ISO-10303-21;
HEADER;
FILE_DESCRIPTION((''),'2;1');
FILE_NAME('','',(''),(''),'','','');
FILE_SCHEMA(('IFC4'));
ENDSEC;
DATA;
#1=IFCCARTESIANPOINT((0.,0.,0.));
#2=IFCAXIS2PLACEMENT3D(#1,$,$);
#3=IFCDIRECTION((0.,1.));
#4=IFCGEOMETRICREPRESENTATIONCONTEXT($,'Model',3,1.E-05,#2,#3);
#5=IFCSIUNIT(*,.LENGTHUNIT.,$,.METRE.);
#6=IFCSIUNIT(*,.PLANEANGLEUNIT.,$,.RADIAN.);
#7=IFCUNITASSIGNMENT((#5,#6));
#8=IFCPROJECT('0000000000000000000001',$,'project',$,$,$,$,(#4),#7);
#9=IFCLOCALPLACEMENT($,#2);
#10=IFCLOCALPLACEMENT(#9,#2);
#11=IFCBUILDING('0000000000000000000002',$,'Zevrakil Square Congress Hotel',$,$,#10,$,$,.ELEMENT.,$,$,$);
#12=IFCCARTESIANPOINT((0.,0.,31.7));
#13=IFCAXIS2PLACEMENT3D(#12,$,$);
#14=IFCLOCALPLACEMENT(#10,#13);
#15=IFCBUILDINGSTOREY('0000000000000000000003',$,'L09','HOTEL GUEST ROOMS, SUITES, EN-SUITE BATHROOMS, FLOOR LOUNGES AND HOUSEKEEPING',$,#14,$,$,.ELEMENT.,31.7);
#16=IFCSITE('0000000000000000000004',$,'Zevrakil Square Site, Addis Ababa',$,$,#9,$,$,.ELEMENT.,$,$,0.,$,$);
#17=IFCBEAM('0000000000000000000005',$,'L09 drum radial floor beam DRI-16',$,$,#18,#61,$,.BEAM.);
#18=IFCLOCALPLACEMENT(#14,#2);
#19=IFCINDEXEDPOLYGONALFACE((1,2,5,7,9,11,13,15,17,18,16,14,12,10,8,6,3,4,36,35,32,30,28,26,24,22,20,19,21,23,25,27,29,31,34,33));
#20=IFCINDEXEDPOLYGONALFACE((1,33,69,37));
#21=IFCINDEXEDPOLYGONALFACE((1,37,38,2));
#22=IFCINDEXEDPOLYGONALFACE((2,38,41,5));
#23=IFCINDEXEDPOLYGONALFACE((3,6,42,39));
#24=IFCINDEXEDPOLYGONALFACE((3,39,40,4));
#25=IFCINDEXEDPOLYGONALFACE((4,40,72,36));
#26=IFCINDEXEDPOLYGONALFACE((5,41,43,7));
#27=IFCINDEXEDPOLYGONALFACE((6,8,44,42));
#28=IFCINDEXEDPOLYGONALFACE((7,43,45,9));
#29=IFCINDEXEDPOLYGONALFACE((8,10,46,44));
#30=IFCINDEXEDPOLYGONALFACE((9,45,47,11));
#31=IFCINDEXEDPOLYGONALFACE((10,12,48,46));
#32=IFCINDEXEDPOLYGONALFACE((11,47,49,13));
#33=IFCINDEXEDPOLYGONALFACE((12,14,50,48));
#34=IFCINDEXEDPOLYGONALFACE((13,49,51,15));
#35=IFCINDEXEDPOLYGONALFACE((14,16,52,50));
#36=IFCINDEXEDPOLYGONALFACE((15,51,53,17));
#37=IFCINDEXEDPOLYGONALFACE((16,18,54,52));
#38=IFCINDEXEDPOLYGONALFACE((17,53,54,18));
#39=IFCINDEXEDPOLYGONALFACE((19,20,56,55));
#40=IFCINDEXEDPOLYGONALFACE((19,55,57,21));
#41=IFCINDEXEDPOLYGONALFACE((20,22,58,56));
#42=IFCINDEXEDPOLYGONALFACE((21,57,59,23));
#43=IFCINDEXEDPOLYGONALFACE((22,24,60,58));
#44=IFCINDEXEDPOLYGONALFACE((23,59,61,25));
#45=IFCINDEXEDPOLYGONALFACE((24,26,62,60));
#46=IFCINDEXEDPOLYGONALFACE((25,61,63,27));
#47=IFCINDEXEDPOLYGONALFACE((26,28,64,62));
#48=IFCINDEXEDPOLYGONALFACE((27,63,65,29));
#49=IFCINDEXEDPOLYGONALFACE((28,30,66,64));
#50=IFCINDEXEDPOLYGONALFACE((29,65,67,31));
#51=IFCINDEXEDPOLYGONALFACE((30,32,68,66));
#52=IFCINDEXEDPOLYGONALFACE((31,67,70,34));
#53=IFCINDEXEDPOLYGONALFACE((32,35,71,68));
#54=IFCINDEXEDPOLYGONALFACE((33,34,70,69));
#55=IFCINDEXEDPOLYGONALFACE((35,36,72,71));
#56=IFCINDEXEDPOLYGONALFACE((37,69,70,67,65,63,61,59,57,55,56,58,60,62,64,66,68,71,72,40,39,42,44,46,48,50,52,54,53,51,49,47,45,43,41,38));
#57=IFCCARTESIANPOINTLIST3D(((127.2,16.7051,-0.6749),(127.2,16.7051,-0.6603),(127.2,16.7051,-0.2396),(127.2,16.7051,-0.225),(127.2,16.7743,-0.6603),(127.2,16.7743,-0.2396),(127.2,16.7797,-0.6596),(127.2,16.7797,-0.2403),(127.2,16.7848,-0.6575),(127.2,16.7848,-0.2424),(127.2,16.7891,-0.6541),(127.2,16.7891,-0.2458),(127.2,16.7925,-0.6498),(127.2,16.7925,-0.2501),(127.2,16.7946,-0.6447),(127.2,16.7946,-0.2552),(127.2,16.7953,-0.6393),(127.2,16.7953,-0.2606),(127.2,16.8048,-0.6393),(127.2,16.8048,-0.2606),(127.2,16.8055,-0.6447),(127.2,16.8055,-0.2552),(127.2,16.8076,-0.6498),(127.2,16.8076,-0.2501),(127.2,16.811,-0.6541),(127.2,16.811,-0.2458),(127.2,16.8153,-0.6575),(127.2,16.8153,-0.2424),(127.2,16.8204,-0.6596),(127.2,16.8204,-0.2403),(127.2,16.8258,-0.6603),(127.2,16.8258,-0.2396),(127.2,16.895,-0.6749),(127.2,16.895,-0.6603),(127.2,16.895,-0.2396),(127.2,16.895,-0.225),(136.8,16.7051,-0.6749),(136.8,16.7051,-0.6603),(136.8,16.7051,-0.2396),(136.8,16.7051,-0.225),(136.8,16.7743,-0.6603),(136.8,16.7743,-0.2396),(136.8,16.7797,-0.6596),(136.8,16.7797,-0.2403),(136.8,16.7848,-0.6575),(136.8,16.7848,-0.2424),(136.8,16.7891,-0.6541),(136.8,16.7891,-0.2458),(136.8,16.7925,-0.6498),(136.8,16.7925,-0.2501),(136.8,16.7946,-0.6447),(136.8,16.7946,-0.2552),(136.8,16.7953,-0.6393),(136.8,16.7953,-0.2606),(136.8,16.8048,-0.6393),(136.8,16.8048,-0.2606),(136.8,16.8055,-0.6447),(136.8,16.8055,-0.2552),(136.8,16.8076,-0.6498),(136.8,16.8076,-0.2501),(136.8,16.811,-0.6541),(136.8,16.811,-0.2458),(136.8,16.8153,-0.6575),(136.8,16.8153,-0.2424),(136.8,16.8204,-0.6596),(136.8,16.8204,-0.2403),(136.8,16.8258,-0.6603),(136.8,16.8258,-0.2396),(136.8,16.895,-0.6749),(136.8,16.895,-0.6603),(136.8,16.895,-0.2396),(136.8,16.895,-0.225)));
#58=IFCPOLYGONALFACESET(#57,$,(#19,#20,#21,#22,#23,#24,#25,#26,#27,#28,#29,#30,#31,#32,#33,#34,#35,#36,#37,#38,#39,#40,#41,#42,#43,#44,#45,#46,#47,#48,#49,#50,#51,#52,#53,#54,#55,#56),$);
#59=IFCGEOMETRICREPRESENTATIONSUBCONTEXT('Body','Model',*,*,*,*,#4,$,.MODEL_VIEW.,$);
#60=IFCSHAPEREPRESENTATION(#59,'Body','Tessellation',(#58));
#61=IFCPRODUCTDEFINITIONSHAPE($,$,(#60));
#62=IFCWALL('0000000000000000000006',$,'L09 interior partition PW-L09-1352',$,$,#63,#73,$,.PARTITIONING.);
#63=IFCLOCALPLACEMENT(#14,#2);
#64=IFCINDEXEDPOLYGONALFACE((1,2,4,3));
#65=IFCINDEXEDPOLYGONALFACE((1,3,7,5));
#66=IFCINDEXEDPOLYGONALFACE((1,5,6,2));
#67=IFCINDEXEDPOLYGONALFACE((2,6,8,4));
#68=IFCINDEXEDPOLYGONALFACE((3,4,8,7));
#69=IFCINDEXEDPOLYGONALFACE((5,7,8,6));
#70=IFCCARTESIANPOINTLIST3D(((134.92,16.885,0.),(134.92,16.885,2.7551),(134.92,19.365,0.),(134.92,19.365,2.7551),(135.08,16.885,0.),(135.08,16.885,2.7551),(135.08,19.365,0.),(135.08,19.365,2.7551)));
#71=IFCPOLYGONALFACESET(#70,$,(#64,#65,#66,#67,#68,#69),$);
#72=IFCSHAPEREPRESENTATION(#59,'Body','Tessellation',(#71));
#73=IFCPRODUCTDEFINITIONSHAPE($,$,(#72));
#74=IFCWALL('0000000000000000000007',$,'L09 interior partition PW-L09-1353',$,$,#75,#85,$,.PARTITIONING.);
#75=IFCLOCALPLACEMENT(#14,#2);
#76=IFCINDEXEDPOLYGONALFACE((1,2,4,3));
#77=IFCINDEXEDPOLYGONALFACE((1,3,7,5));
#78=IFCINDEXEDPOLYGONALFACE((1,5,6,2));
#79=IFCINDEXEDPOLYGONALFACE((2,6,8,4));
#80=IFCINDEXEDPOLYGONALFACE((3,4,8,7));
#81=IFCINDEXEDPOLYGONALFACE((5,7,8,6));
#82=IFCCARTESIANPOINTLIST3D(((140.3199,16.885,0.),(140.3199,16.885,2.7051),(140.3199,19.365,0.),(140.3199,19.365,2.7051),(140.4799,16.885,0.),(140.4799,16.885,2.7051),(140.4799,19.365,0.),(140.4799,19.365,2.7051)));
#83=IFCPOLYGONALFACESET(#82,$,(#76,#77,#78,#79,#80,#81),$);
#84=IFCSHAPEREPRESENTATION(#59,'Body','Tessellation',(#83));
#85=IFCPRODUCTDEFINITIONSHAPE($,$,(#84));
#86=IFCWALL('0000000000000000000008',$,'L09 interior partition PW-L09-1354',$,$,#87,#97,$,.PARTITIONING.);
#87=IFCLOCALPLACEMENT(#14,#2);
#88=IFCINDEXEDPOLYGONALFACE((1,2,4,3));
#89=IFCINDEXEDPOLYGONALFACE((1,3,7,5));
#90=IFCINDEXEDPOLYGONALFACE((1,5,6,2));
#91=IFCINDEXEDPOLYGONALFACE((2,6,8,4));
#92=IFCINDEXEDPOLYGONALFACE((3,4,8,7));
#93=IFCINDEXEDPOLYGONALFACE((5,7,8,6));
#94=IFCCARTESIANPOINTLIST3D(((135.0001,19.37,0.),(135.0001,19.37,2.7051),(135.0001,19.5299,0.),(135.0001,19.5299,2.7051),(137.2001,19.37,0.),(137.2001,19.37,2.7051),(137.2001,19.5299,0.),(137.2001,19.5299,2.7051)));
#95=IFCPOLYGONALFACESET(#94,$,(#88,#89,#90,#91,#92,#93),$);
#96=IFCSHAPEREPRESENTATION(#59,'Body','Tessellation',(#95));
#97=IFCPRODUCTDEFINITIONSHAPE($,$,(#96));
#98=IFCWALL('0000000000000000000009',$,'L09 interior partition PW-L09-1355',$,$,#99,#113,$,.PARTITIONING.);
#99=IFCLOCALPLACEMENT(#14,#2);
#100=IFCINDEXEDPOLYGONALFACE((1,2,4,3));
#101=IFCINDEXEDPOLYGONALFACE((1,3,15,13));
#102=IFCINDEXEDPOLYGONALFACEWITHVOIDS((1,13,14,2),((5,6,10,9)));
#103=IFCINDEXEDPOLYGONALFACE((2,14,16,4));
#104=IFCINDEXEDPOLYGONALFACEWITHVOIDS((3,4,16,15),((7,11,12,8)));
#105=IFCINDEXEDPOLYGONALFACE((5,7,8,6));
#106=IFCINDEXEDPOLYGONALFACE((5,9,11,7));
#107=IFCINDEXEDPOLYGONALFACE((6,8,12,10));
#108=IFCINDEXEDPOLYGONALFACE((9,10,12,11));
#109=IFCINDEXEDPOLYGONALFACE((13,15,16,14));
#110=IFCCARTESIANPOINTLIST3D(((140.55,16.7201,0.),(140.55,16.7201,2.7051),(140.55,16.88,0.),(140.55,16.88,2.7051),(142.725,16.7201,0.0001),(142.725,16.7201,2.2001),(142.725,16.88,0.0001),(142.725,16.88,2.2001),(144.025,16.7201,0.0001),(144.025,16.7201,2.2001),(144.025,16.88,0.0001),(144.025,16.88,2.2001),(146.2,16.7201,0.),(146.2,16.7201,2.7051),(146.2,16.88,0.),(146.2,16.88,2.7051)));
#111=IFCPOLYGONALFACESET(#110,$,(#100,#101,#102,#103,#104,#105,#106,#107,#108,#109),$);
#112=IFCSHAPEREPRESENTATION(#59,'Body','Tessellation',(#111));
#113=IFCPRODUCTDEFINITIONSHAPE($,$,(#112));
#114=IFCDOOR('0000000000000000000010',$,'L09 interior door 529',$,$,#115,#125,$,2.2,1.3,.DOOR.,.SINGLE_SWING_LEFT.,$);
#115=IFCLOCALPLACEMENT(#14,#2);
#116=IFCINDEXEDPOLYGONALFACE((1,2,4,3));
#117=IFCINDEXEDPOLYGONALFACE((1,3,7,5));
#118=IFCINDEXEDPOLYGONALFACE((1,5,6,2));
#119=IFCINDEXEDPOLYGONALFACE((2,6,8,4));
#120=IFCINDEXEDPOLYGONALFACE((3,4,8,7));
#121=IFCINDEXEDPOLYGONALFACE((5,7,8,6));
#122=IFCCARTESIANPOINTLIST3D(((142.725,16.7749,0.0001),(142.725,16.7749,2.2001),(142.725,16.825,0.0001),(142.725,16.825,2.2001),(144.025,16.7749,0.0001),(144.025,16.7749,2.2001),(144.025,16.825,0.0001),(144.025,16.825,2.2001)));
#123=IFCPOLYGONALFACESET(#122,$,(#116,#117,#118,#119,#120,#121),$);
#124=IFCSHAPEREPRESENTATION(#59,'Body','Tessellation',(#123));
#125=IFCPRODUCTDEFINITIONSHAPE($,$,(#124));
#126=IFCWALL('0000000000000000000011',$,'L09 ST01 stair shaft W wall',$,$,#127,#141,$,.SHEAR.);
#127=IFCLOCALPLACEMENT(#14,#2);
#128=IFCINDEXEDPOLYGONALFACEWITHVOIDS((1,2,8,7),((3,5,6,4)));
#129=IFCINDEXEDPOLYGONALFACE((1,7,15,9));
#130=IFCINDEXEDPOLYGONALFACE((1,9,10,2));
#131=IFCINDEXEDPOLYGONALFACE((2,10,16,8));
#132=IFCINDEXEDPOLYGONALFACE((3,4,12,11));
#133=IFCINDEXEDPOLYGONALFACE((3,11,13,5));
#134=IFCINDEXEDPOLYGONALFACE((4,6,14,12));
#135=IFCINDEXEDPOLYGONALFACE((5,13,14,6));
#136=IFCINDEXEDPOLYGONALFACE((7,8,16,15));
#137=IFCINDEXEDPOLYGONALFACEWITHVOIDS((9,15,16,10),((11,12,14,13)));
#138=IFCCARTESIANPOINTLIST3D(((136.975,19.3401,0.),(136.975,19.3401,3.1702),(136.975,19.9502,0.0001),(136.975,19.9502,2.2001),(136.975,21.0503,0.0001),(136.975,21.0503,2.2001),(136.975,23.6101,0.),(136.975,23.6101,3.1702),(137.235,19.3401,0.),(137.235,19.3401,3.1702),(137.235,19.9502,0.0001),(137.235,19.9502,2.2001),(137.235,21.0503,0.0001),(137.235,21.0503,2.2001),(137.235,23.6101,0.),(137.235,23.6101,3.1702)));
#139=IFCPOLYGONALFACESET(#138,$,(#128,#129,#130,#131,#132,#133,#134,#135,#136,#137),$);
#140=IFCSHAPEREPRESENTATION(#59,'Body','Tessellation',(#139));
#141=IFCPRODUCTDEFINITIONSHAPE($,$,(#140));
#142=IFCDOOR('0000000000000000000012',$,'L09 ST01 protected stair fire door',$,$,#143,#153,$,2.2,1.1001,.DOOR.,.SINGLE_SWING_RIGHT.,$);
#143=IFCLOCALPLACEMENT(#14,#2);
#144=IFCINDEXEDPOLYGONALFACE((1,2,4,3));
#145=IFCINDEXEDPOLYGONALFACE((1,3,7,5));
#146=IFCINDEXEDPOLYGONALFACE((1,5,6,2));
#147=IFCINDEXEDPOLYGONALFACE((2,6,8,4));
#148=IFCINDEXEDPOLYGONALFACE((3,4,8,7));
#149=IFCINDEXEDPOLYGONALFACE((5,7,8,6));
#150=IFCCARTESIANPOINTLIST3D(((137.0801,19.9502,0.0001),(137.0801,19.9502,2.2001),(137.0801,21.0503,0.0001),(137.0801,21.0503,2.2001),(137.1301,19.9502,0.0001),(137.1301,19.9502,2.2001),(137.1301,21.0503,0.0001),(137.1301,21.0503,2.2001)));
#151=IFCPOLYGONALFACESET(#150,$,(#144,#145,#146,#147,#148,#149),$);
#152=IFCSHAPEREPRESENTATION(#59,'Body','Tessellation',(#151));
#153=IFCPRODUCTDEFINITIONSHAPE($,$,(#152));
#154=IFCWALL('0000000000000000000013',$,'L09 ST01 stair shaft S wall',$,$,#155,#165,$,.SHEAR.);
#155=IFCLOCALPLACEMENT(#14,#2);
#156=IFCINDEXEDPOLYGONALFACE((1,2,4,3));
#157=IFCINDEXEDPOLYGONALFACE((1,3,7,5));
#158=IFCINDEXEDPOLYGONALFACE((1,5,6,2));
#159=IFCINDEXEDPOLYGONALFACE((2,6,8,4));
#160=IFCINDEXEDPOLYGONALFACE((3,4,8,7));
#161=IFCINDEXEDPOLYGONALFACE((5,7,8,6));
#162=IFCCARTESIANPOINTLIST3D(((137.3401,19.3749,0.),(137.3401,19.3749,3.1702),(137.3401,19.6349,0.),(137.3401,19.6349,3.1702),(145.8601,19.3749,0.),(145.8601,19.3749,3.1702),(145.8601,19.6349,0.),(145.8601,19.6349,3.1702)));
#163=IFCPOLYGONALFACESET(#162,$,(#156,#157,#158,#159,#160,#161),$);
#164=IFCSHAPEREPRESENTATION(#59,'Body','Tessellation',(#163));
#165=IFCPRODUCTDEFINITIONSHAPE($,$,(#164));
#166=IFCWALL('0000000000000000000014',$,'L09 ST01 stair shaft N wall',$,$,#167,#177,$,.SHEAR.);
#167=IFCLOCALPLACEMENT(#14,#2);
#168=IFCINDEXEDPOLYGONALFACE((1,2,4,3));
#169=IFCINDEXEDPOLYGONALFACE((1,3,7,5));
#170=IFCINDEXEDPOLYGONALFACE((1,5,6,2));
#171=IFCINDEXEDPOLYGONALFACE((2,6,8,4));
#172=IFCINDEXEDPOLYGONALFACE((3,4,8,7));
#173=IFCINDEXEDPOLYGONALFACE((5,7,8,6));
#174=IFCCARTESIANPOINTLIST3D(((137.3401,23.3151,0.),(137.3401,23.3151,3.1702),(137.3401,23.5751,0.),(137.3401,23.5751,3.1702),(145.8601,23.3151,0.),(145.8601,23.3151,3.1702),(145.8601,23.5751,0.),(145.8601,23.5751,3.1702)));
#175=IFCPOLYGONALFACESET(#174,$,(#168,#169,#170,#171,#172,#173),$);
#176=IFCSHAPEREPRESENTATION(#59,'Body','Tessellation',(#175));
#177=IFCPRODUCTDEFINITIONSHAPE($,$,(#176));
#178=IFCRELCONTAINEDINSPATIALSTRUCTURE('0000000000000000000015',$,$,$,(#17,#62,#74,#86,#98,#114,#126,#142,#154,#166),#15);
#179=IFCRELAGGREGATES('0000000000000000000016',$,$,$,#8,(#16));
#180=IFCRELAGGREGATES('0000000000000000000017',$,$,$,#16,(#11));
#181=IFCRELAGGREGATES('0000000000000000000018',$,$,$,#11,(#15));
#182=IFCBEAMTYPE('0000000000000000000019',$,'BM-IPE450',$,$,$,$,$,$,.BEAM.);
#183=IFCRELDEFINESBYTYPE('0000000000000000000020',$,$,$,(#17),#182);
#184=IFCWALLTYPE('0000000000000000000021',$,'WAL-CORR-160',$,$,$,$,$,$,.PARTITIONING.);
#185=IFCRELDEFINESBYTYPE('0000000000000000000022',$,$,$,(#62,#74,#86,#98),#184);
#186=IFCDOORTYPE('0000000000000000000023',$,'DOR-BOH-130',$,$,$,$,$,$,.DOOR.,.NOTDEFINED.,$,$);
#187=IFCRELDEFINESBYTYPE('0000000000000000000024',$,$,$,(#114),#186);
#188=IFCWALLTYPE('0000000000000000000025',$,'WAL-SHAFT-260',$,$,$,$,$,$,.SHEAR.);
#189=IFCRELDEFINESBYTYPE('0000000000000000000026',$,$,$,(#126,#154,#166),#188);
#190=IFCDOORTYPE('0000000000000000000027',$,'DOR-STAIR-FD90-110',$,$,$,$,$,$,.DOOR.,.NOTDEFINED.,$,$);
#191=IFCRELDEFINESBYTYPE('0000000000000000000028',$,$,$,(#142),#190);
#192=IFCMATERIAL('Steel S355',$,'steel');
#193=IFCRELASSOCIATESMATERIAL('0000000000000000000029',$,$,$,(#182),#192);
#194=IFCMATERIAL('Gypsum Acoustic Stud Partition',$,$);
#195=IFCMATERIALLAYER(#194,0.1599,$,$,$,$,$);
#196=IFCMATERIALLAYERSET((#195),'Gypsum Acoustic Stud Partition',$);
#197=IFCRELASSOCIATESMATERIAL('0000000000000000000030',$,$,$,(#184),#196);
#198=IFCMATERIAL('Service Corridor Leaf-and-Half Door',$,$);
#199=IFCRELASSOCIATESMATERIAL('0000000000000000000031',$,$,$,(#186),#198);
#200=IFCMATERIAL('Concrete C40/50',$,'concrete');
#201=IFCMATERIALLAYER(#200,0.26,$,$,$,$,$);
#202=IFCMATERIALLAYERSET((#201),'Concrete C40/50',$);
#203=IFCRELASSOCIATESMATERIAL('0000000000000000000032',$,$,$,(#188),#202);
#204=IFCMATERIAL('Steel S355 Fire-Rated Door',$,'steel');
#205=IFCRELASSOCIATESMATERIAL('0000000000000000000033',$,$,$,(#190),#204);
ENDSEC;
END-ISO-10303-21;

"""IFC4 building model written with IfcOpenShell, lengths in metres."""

from ifc_helpers import new_model, si_unit, direction, frame, frame_2d, origin, origin_2d, place, context, subcontext, project, spatial, rectangle, i_section, extrude, material, layer, layer_set, material_profile, profile_set, type_object, element, fill, save


model = new_model("IFC4")

# Units and contexts
model_context = context("Model", 3, precision=1e-05, world=origin(), true_north=direction((0.0, 1.0)))
body_context = subcontext(model_context, "Body", "Model", "MODEL_VIEW")
ifc_project = project(units=[si_unit("LENGTHUNIT", "METRE"), si_unit("PLANEANGLEUNIT", "RADIAN")], contexts=[model_context])

# Site, building, storey
site_placement = place(None, origin())
site = spatial("IfcSite", under=ifc_project, at=site_placement, Name="Zevrakil Square Site, Addis Ababa", CompositionType="ELEMENT", RefElevation=0.0)
building_placement = place(site_placement, origin())
building = spatial("IfcBuilding", under=site, at=building_placement, Name="Zevrakil Square Congress Hotel", CompositionType="ELEMENT")
storey_placement = place(building_placement, frame((0.0, 0.0, 31.7)))
storey = spatial("IfcBuildingStorey", under=building, at=storey_placement, Name="L09", Description="HOTEL GUEST ROOMS, SUITES, EN-SUITE BATHROOMS, FLOOR LOUNGES AND HOUSEKEEPING", CompositionType="ELEMENT", Elevation=31.7)

# Beam
ifc_material_1 = material(Name="Steel S355", Category="steel")
ifc_material_profile_1 = material_profile(ifc_material_1, i_section(OverallWidth=0.1899, OverallDepth=0.45, WebThickness=0.0095, FlangeThickness=0.0146, FilletRadius=0.021, at=origin_2d()), Name="IPE 450")
ifc_profile_set_1 = profile_set([ifc_material_profile_1], Name="Steel S355")
beam_type = type_object("IfcBeamType", Name="BM-IPE450", PredefinedType="BEAM", material=ifc_profile_set_1)
for number, where, z_axis, x_axis, name in (
    (1, (136.8, 16.8, -0.45), (-1.0, 0.0, 0.0), (0.0, -1.0, 0.0), "L09 drum radial floor beam DRI-16"),
):
    element("IfcBeam", number, at=place(storey_placement, frame(where, z_axis=z_axis, x_axis=x_axis)), inside=storey, type_object=beam_type, Name=name, PredefinedType="BEAM", context=body_context, shape_type="SweptSolid", body=[
        extrude(i_section(OverallWidth=0.1899, OverallDepth=0.45, WebThickness=0.0095, FlangeThickness=0.0146, FilletRadius=0.021, at=origin_2d()), origin(), (0.0, 0.0, 1.0), 9.6001),
    ])

# Walls
ifc_material_2 = material(Name="Gypsum Acoustic Stud Partition")
ifc_layer_1 = layer(ifc_material_2, 0.1599)
ifc_layer_set_1 = layer_set([ifc_layer_1], Name="Gypsum Acoustic Stud Partition")
wall_type_1 = type_object("IfcWallType", Name="WAL-CORR-160", PredefinedType="PARTITIONING", material=ifc_layer_set_1)
wall_1_placement = place(storey_placement, frame((135.0, 16.885, 0.0), z_axis=(0.0, 0.0, 1.0), x_axis=(0.0, 1.0, 0.0)))
element("IfcWall", 2, at=wall_1_placement, inside=storey, type_object=wall_type_1, Name="L09 interior partition PW-L09-1352", PredefinedType="PARTITIONING", context=body_context, shape_type="SweptSolid", body=[
    extrude(rectangle(XDim=2.48, YDim=0.1599, at=frame_2d((1.24, 0.0))), origin(), (0.0, 0.0, 1.0), 2.7551),
])
wall_2_placement = place(storey_placement, frame((140.3999, 16.885, 0.0), z_axis=(0.0, 0.0, 1.0), x_axis=(0.0, 1.0, 0.0)))
element("IfcWall", 3, at=wall_2_placement, inside=storey, type_object=wall_type_1, Name="L09 interior partition PW-L09-1353", PredefinedType="PARTITIONING", context=body_context, shape_type="SweptSolid", body=[
    extrude(rectangle(XDim=2.48, YDim=0.1599, at=frame_2d((1.24, 0.0))), origin(), (0.0, 0.0, 1.0), 2.7051),
])
wall_3_placement = place(storey_placement, frame((135.0, 19.45, 0.0), z_axis=(0.0, 0.0, 1.0), x_axis=(1.0, 0.0, 0.0)))
element("IfcWall", 4, at=wall_3_placement, inside=storey, type_object=wall_type_1, Name="L09 interior partition PW-L09-1354", PredefinedType="PARTITIONING", context=body_context, shape_type="SweptSolid", body=[
    extrude(rectangle(XDim=2.2, YDim=0.1599, at=frame_2d((1.1001, 0.0))), origin(), (0.0, 0.0, 1.0), 2.7051),
])

# Walls, openings, doors
wall_4_placement = place(storey_placement, frame((140.55, 16.8, 0.0), z_axis=(0.0, 0.0, 1.0), x_axis=(1.0, 0.0, 0.0)))
wall_4 = element("IfcWall", 5, at=wall_4_placement, inside=storey, type_object=wall_type_1, Name="L09 interior partition PW-L09-1355", PredefinedType="PARTITIONING", context=body_context, shape_type="SweptSolid", body=[
    extrude(rectangle(XDim=5.6499, YDim=0.1599, at=frame_2d((2.825, 0.0))), origin(), (0.0, 0.0, 1.0), 2.7051),
])
opening_1_placement = place(wall_4_placement, frame((2.175, 0.0, 0.0)))
opening_1 = element("IfcOpeningElement", 6, at=opening_1_placement, cuts=wall_4, PredefinedType="OPENING", context=body_context, shape_type="SweptSolid", body=[
    extrude(rectangle(XDim=1.3, YDim=2.2, at=frame_2d((0.6499, 1.1001))), frame((0.0, 0.0898, 0.0), z_axis=(0.0, -1.0, 0.0), x_axis=(1.0, 0.0, 0.0)), (0.0, 0.0, 1.0), 0.1799),
])
ifc_material_3 = material(Name="Service Corridor Leaf-and-Half Door")
door_type_1 = type_object("IfcDoorType", Name="DOR-BOH-130", OperationType="NOTDEFINED", PredefinedType="DOOR", material=ifc_material_3)
door_1_placement = place(opening_1_placement, origin())
door_1 = element("IfcDoor", 7, at=door_1_placement, inside=storey, type_object=door_type_1, Name="L09 interior door 529", OperationType="SINGLE_SWING_LEFT", OverallHeight=2.2, OverallWidth=1.3, PredefinedType="DOOR", context=body_context, shape_type="SweptSolid", body=[
    extrude(rectangle(XDim=1.3, YDim=2.2, at=frame_2d((0.6499, 1.1001))), frame((0.0, 0.0249, 0.0), z_axis=(0.0, -1.0, 0.0), x_axis=(1.0, 0.0, 0.0)), (0.0, 0.0, 1.0), 0.05),
])
fill(opening_1, door_1)
ifc_material_4 = material(Name="Concrete C40/50", Category="concrete")
ifc_layer_2 = layer(ifc_material_4, 0.26)
ifc_layer_set_2 = layer_set([ifc_layer_2], Name="Concrete C40/50")
wall_type_2 = type_object("IfcWallType", Name="WAL-SHAFT-260", PredefinedType="SHEAR", material=ifc_layer_set_2)
wall_5_placement = place(storey_placement, frame((137.105, 19.3401, 0.0), z_axis=(0.0, 0.0, 1.0), x_axis=(0.0, 1.0, 0.0)))
wall_5 = element("IfcWall", 8, at=wall_5_placement, inside=storey, type_object=wall_type_2, Name="L09 ST01 stair shaft W wall", PredefinedType="SHEAR", context=body_context, shape_type="SweptSolid", body=[
    extrude(rectangle(XDim=4.27, YDim=0.26, at=frame_2d((2.135, 0.0))), origin(), (0.0, 0.0, 1.0), 3.1702),
])
opening_2_placement = place(wall_5_placement, frame((0.6101, 0.0, 0.0)))
opening_2 = element("IfcOpeningElement", 9, at=opening_2_placement, cuts=wall_5, PredefinedType="OPENING", context=body_context, shape_type="SweptSolid", body=[
    extrude(rectangle(XDim=1.1001, YDim=2.2, at=frame_2d((0.55, 1.1001))), frame((0.0, 0.1401, 0.0), z_axis=(0.0, -1.0, 0.0), x_axis=(1.0, 0.0, 0.0)), (0.0, 0.0, 1.0), 0.28),
])
ifc_material_5 = material(Name="Steel S355 Fire-Rated Door", Category="steel")
door_type_2 = type_object("IfcDoorType", Name="DOR-STAIR-FD90-110", OperationType="NOTDEFINED", PredefinedType="DOOR", material=ifc_material_5)
door_2_placement = place(opening_2_placement, origin())
door_2 = element("IfcDoor", 10, at=door_2_placement, inside=storey, type_object=door_type_2, Name="L09 ST01 protected stair fire door", OperationType="SINGLE_SWING_RIGHT", OverallHeight=2.2, OverallWidth=1.1001, PredefinedType="DOOR", context=body_context, shape_type="SweptSolid", body=[
    extrude(rectangle(XDim=1.1001, YDim=2.2, at=frame_2d((0.55, 1.1001))), frame((0.0, 0.0249, 0.0), z_axis=(0.0, -1.0, 0.0), x_axis=(1.0, 0.0, 0.0)), (0.0, 0.0, 1.0), 0.05),
])
fill(opening_2, door_2)

# Walls
for number, where, z_axis, x_axis, name in (
    (11, (137.3401, 19.5049, 0.0), (0.0, 0.0, 1.0), (1.0, 0.0, 0.0), "L09 ST01 stair shaft S wall"),
    (12, (137.3401, 23.4451, 0.0), (0.0, 0.0, 1.0), (1.0, 0.0, 0.0), "L09 ST01 stair shaft N wall"),
):
    element("IfcWall", number, at=place(storey_placement, frame(where, z_axis=z_axis, x_axis=x_axis)), inside=storey, type_object=wall_type_2, Name=name, PredefinedType="SHEAR", context=body_context, shape_type="SweptSolid", body=[
        extrude(rectangle(XDim=8.52, YDim=0.26, at=frame_2d((4.26, 0.0))), origin(), (0.0, 0.0, 1.0), 3.1702),
    ])

save(model, "model.ifc")
